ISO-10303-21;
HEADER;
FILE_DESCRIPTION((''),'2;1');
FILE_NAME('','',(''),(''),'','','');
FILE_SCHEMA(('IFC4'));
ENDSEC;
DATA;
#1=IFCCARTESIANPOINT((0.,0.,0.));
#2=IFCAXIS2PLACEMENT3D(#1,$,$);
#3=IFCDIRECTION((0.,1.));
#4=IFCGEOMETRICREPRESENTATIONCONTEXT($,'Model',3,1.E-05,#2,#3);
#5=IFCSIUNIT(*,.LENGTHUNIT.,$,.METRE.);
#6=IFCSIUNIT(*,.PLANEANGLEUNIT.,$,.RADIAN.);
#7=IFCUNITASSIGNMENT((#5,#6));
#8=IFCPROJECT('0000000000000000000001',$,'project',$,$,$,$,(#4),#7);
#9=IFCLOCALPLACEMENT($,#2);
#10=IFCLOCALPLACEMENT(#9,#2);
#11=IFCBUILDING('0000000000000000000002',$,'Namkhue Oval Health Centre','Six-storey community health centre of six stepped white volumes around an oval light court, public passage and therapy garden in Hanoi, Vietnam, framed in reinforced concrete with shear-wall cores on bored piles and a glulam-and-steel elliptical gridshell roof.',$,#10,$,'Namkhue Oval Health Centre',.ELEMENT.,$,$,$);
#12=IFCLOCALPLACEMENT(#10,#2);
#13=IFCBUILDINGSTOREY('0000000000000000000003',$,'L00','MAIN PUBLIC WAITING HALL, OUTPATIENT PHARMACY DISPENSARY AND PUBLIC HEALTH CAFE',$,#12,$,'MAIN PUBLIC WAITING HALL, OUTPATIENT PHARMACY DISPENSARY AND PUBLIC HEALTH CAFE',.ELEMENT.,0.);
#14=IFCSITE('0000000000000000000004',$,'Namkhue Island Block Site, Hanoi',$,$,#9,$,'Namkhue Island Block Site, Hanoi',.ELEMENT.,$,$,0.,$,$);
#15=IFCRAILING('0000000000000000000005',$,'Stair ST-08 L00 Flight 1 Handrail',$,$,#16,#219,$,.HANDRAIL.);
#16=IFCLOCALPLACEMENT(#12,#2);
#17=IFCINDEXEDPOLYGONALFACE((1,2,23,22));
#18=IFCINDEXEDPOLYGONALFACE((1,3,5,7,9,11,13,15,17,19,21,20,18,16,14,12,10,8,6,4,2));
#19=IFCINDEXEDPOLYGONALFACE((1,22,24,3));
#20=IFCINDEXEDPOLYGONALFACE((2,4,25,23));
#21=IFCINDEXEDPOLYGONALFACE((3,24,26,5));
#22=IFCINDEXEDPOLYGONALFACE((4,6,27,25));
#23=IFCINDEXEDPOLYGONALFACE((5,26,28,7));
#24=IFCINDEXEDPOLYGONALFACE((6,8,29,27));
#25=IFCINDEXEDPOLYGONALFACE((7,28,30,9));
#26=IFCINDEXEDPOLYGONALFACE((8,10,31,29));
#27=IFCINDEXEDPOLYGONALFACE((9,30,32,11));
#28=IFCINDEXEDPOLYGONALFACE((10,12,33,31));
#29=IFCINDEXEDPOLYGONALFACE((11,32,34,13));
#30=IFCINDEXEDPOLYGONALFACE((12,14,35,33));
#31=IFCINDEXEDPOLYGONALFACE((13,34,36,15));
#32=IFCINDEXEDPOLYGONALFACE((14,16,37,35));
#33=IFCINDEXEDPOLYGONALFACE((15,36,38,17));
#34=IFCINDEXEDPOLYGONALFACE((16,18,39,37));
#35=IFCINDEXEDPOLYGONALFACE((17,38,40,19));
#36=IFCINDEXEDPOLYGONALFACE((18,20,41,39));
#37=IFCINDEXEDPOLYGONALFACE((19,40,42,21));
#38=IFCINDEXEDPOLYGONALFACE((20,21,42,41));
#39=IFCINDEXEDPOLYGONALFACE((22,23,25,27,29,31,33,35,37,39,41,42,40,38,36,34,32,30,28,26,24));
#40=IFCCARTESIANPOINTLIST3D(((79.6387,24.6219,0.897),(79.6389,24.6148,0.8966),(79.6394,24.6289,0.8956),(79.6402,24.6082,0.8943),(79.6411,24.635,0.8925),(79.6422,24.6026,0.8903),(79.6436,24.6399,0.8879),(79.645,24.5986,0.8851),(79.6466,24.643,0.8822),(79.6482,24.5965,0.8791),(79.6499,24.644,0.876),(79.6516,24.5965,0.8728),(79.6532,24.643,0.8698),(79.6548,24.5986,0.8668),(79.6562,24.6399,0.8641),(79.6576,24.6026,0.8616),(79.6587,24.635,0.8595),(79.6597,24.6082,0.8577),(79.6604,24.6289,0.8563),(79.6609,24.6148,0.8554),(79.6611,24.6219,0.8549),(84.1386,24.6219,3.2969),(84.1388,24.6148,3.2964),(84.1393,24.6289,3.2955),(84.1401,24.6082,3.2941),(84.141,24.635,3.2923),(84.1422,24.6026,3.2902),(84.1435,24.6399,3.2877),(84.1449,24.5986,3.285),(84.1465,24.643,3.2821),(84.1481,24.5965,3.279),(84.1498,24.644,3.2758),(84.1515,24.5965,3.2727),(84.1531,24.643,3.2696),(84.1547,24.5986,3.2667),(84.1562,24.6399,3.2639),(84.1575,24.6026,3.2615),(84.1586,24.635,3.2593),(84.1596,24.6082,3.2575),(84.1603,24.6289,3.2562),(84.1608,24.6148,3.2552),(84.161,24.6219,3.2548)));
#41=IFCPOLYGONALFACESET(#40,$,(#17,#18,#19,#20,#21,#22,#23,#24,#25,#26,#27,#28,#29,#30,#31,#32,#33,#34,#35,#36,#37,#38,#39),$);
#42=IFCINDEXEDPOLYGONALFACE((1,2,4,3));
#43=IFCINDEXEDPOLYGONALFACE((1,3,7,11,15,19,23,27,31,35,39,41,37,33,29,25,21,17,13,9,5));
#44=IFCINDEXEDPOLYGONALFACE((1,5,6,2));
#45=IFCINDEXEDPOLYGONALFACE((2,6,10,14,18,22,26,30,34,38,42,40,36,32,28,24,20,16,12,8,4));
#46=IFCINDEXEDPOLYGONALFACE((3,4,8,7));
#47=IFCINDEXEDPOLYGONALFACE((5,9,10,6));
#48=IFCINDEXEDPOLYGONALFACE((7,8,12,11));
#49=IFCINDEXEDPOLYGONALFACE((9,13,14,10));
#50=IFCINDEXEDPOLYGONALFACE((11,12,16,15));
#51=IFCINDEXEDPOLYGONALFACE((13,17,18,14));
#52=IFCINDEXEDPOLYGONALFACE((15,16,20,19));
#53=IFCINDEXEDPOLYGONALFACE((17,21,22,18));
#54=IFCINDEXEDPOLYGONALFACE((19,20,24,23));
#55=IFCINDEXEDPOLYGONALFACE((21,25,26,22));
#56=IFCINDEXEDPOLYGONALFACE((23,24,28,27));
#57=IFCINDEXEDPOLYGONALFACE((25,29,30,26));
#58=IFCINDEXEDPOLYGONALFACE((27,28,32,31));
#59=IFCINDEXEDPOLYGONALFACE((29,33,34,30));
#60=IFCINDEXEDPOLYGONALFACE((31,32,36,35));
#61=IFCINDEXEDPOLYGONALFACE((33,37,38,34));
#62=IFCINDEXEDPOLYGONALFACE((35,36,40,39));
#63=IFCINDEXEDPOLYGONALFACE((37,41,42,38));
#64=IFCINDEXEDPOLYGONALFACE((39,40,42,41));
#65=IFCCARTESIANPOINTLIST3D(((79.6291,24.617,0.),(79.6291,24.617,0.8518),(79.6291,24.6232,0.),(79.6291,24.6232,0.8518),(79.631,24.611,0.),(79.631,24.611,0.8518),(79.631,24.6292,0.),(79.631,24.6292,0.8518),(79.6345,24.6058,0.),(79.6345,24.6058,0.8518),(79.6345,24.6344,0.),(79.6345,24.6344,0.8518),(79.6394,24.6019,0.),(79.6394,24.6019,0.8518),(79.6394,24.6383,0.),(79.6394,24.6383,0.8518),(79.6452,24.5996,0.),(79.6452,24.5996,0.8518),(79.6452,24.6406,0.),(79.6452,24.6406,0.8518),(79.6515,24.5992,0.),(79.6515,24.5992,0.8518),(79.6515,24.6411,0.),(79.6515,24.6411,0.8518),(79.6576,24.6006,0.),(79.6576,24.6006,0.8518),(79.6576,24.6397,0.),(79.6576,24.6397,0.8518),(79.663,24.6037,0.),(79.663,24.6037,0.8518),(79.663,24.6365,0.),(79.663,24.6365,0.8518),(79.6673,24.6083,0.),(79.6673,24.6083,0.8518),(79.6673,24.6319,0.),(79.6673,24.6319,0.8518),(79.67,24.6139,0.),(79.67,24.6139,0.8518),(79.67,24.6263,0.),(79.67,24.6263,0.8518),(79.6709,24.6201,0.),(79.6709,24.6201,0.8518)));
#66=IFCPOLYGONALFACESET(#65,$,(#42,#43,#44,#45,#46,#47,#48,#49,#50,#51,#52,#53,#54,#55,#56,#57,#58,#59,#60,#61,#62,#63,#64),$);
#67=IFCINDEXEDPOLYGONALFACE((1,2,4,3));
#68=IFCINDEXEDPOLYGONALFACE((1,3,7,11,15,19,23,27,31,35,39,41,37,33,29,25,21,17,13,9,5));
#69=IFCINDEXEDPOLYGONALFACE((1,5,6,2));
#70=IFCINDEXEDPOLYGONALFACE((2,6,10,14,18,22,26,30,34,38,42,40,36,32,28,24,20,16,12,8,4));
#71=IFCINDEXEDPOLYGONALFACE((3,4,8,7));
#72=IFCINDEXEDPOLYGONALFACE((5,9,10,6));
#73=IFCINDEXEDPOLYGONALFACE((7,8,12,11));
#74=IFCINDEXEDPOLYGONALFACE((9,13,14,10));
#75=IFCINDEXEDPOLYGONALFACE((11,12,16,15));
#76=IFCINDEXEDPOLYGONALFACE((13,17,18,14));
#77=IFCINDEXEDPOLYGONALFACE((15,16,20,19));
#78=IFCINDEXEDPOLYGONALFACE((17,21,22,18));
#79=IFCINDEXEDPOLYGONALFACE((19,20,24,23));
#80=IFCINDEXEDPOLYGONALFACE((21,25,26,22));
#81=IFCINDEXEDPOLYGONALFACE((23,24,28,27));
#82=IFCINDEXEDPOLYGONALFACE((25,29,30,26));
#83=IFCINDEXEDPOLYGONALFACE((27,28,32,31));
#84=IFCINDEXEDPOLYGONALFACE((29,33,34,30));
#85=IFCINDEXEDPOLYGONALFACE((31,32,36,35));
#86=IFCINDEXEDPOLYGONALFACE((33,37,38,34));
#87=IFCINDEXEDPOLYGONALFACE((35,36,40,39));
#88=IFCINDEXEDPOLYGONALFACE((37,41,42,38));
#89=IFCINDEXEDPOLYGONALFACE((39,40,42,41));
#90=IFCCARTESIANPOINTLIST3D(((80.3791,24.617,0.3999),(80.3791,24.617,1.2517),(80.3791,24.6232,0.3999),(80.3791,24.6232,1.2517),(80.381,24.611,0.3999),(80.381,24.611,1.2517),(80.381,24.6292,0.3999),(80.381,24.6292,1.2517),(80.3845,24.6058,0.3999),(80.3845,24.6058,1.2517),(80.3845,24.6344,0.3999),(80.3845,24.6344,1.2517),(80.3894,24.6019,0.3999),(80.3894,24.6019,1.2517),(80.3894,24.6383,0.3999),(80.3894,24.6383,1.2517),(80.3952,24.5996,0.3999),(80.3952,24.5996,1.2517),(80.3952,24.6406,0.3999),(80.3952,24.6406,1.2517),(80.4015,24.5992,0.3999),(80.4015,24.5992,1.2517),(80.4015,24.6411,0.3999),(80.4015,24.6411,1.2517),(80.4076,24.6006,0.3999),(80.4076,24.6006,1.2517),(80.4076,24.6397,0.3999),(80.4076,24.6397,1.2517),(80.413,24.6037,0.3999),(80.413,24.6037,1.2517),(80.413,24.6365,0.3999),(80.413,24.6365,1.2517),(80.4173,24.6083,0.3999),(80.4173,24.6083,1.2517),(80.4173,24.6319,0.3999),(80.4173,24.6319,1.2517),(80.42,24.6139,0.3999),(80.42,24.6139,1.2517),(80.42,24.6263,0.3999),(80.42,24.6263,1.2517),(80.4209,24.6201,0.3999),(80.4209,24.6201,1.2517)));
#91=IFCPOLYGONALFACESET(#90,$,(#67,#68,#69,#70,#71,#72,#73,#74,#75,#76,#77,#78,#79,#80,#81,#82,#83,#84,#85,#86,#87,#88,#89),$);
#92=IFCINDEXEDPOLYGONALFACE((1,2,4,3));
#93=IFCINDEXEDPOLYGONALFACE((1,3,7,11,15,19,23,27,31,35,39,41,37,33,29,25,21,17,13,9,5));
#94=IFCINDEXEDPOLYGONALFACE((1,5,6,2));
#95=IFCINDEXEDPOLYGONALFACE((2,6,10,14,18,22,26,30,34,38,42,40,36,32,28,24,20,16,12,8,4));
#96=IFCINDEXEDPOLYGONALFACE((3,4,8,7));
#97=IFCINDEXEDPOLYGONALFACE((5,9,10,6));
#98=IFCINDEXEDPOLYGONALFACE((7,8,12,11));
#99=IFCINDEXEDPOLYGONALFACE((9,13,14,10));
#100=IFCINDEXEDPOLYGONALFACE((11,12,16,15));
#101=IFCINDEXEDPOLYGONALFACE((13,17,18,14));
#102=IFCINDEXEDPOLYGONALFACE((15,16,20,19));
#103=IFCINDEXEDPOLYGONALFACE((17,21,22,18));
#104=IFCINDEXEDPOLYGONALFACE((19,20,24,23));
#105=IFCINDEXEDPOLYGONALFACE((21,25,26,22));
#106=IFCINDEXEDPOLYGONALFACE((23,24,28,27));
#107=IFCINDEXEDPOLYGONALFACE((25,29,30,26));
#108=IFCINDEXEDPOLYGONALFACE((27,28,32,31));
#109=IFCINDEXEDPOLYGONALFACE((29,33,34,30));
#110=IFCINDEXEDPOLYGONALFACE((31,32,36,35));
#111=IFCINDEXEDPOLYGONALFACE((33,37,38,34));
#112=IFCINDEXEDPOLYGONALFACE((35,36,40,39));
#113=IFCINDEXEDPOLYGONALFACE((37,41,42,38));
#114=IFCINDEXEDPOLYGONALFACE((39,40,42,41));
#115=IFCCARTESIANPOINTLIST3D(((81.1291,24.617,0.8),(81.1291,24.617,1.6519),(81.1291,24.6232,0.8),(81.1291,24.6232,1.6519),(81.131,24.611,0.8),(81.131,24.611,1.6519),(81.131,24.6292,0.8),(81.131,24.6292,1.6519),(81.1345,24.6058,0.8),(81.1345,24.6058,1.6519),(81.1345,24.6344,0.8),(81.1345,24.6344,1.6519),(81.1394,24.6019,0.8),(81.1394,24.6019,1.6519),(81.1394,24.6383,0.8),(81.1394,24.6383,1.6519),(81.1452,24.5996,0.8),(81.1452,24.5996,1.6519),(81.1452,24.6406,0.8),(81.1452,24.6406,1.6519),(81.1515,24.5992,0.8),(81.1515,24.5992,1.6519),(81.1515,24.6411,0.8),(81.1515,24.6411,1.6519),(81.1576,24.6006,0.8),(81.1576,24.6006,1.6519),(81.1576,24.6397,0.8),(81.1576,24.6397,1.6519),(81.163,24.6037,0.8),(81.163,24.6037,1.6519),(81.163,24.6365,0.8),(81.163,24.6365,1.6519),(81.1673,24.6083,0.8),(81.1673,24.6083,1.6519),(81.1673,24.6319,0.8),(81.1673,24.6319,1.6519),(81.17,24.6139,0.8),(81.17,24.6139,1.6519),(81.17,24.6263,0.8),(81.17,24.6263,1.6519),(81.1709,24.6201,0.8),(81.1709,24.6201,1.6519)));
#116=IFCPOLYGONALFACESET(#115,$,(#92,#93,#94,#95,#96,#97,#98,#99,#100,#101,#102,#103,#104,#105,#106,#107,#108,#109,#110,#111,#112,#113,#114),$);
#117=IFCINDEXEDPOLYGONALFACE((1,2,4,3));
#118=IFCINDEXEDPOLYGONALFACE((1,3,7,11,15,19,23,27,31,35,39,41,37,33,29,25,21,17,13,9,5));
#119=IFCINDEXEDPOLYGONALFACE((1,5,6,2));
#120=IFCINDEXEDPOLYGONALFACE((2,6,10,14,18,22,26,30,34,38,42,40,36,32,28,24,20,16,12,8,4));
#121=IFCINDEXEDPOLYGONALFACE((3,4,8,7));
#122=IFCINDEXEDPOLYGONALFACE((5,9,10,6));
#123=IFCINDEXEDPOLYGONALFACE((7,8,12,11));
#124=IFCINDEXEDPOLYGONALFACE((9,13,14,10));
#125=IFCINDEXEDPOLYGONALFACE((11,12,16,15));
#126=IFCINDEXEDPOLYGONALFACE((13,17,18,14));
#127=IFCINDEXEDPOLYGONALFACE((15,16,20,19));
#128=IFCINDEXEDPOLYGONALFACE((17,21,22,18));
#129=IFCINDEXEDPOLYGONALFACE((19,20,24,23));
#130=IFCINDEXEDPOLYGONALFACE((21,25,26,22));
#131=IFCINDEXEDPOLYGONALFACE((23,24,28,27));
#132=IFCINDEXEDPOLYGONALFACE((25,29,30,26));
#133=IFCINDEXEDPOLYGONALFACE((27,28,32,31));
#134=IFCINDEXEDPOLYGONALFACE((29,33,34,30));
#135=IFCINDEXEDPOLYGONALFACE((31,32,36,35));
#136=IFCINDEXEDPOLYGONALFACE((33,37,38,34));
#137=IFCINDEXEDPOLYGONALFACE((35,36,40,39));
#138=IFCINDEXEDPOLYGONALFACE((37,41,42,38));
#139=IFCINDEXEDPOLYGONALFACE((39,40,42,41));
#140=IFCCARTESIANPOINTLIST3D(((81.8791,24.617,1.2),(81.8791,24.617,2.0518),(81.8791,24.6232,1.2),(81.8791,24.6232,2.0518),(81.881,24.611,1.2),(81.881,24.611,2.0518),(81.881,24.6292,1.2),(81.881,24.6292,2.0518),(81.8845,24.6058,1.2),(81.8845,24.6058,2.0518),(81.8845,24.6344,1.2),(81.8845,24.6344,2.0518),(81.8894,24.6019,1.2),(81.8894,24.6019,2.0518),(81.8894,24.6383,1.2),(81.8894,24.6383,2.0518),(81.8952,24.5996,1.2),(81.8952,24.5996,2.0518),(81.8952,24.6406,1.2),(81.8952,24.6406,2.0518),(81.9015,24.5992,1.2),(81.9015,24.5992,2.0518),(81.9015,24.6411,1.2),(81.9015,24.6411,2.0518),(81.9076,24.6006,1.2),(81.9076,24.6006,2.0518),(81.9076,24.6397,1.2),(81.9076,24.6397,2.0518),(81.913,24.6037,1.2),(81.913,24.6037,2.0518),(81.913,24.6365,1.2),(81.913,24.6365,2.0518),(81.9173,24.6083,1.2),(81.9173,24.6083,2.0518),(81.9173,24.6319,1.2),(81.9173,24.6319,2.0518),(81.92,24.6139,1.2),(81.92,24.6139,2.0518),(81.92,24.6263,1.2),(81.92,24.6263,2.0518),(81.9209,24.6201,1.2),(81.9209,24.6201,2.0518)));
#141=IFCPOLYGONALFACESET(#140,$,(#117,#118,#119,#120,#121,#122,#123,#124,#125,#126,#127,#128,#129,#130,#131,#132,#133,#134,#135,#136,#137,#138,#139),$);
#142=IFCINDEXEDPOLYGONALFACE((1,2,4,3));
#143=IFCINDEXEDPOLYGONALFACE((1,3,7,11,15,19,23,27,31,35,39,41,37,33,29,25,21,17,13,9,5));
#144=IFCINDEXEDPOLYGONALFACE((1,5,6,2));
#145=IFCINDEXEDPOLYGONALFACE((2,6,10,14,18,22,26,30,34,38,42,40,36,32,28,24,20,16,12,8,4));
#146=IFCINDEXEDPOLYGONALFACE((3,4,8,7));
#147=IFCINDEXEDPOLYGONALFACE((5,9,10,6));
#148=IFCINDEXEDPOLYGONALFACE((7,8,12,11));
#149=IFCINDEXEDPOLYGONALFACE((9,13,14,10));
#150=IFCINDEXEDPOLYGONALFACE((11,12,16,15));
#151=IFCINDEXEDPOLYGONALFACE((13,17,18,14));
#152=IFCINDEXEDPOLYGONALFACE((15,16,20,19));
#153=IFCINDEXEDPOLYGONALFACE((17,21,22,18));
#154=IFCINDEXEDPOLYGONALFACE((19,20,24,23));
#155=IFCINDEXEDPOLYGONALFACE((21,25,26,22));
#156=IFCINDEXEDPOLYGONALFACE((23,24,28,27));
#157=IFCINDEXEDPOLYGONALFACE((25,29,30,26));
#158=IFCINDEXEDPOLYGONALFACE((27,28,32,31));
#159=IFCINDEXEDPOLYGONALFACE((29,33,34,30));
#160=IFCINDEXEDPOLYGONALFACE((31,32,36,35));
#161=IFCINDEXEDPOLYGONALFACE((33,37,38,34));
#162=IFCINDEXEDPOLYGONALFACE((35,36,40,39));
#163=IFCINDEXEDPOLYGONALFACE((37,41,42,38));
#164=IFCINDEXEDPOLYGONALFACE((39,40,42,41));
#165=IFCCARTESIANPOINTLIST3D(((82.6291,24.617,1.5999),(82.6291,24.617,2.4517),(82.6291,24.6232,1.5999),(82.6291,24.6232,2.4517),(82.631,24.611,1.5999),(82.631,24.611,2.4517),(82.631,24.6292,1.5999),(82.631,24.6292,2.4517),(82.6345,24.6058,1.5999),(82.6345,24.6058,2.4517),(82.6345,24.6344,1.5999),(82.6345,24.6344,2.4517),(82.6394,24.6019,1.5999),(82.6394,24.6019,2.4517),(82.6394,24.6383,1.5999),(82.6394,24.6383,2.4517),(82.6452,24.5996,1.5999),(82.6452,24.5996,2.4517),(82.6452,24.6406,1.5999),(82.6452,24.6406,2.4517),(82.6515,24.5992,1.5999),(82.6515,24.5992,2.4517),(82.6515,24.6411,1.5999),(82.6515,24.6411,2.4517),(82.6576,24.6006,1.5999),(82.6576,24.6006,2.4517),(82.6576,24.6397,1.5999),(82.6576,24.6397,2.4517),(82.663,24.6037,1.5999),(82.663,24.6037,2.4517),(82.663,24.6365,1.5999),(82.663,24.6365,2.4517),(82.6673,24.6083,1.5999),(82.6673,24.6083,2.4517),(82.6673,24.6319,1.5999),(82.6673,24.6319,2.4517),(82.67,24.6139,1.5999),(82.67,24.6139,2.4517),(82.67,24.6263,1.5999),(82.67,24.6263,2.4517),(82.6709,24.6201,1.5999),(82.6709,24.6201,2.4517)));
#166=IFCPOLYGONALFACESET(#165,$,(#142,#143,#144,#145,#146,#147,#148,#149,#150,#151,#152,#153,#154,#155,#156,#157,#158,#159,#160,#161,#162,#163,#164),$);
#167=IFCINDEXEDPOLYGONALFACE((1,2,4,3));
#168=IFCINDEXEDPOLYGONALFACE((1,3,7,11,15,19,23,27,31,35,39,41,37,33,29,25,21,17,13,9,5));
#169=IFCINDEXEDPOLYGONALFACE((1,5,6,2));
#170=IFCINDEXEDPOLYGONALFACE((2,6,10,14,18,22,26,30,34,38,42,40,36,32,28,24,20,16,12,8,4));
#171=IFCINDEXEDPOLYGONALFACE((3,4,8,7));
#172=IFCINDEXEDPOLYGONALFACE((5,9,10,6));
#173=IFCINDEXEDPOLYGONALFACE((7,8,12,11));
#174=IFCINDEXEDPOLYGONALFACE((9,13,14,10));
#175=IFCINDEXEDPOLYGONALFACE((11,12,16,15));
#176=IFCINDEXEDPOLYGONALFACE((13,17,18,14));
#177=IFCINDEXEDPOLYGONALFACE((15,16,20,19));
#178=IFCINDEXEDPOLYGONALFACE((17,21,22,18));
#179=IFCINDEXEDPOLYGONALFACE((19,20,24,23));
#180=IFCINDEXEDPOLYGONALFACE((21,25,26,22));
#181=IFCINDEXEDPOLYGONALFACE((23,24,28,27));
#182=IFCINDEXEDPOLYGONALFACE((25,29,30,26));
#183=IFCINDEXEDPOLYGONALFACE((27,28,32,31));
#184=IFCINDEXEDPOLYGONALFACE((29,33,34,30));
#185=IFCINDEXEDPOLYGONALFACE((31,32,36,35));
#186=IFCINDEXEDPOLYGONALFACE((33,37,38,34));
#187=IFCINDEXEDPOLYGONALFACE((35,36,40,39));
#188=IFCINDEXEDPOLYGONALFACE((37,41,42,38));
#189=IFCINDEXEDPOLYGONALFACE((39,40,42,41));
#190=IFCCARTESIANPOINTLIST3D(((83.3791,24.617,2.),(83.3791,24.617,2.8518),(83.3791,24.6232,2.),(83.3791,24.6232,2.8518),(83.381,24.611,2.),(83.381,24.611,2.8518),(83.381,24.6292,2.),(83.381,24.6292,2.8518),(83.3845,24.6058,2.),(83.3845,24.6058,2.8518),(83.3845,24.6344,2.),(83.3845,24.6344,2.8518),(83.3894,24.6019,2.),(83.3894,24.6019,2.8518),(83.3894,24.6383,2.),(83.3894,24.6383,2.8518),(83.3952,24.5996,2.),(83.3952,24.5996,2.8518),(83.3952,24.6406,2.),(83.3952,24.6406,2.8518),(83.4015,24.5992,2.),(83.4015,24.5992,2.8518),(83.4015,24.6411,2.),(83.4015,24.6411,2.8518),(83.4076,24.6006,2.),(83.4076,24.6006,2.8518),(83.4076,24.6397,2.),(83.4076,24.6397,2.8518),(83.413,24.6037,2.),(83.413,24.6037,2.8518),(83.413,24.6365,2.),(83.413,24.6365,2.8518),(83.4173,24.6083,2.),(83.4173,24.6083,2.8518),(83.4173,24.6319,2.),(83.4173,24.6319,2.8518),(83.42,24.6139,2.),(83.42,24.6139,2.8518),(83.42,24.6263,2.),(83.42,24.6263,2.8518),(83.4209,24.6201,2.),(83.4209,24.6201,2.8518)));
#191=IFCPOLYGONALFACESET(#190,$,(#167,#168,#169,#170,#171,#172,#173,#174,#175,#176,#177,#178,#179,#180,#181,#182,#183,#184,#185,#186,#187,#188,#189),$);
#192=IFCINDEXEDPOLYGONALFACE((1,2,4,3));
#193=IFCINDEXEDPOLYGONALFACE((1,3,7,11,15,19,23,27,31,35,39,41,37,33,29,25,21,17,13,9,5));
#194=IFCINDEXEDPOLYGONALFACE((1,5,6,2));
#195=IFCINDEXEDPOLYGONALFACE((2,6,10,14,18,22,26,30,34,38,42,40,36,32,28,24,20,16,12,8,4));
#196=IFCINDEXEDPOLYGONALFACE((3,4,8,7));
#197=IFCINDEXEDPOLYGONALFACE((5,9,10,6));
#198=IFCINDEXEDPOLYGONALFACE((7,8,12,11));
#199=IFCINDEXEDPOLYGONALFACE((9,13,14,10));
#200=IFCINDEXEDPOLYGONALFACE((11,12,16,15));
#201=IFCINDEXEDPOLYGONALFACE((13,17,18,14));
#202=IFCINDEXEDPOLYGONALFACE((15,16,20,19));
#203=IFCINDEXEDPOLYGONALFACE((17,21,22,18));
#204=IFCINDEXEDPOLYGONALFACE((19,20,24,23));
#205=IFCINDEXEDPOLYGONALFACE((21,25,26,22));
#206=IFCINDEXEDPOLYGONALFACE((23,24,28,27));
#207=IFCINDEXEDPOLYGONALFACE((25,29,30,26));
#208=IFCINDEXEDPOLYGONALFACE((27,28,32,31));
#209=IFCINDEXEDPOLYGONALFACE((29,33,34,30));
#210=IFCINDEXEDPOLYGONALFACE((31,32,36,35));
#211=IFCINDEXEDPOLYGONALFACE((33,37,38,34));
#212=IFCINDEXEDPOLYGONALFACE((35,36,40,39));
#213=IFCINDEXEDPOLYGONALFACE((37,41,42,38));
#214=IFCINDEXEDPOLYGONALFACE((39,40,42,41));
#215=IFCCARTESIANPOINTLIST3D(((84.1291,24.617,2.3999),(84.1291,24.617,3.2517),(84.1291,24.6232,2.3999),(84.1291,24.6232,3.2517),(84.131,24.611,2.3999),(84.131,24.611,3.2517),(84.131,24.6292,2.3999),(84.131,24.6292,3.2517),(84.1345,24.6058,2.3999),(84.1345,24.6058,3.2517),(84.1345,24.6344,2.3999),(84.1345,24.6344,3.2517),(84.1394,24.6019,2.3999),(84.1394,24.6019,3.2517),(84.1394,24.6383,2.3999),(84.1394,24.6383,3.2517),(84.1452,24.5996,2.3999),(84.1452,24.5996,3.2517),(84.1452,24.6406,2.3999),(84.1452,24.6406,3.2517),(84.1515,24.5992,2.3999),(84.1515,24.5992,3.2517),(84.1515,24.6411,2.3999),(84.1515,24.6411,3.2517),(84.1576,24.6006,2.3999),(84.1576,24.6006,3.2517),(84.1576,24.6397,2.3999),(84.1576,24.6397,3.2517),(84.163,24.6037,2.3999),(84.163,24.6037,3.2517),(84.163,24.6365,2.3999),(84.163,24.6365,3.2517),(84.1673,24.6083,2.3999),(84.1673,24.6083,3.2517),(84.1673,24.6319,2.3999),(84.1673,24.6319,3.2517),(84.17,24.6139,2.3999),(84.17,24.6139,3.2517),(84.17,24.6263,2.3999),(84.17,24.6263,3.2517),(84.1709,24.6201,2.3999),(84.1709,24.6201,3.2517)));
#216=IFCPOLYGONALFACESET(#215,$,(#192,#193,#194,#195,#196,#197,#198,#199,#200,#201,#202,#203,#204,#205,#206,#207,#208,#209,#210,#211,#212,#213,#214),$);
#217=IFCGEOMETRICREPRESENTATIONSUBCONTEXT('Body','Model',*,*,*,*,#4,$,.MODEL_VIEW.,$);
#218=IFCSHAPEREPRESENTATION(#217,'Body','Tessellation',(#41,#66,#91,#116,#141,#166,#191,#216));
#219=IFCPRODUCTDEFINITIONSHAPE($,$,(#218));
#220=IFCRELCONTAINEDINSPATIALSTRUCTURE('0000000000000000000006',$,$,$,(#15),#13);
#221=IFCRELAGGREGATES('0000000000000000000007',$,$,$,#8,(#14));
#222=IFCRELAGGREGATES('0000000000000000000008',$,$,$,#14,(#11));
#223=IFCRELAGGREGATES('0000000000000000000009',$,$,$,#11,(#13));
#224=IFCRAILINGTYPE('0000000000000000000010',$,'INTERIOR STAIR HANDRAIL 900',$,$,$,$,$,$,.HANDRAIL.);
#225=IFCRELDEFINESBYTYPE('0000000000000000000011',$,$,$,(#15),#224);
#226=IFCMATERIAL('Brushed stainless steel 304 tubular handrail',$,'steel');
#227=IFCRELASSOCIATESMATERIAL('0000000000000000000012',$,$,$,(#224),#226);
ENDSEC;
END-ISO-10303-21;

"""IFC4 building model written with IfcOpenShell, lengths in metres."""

from ifc_helpers import new_model, si_unit, direction, frame, origin, origin_2d, place, context, subcontext, project, spatial, circle, extrude, material, type_object, element, save


model = new_model("IFC4")

# Units and contexts
model_context = context("Model", 3, precision=1e-05, world=origin(), true_north=direction((0.0, 1.0)))
body_context = subcontext(model_context, "Body", "Model", "MODEL_VIEW")
ifc_project = project(units=[si_unit("LENGTHUNIT", "METRE"), si_unit("PLANEANGLEUNIT", "RADIAN")], contexts=[model_context])

# Site, building, storey
site_placement = place(None, origin())
site = spatial("IfcSite", under=ifc_project, at=site_placement, Name="Namkhue Island Block Site, Hanoi", LongName="Namkhue Island Block Site, Hanoi", CompositionType="ELEMENT", RefElevation=0.0)
building_placement = place(site_placement, origin())
building = spatial("IfcBuilding", under=site, at=building_placement, Name="Namkhue Oval Health Centre", Description="Six-storey community health centre of six stepped white volumes around an oval light court, public passage and therapy garden in Hanoi, Vietnam, framed in reinforced concrete with shear-wall cores on bored piles and a glulam-and-steel elliptical gridshell roof.", LongName="Namkhue Oval Health Centre", CompositionType="ELEMENT")
storey_placement = place(building_placement, origin())
storey = spatial("IfcBuildingStorey", under=building, at=storey_placement, Name="L00", Description="MAIN PUBLIC WAITING HALL, OUTPATIENT PHARMACY DISPENSARY AND PUBLIC HEALTH CAFE", LongName="MAIN PUBLIC WAITING HALL, OUTPATIENT PHARMACY DISPENSARY AND PUBLIC HEALTH CAFE", CompositionType="ELEMENT", Elevation=0.0)

# Railing
ifc_material_1 = material(Name="Brushed stainless steel 304 tubular handrail", Category="steel")
railing_type_1 = type_object("IfcRailingType", Name="INTERIOR STAIR HANDRAIL 900", PredefinedType="HANDRAIL", material=ifc_material_1)
railing_1_placement = place(storey_placement, frame((79.6499, 24.6201, 0.0)))
element("IfcRailing", 1, at=railing_1_placement, inside=storey, type_object=railing_type_1, Name="Stair ST-08 L00 Flight 1 Handrail", PredefinedType="HANDRAIL", context=body_context, shape_type="SweptSolid", body=[
    extrude(circle(Radius=0.0239, at=origin_2d()), frame((0.0, 0.0, 0.876), z_axis=(0.882361, 0.0, 0.470573), x_axis=(0.0, 1.0, 0.0)), (0.0, 0.0, 1.0), 5.0999),
    extrude(circle(Radius=0.021, at=origin_2d()), origin(), (0.0, 0.0, 1.0), 0.8518),
    extrude(circle(Radius=0.021, at=origin_2d()), frame((0.75, 0.0, 0.3999)), (0.0, 0.0, 1.0), 0.8518),
    extrude(circle(Radius=0.021, at=origin_2d()), frame((1.5, 0.0, 0.8)), (0.0, 0.0, 1.0), 0.8518),
    extrude(circle(Radius=0.021, at=origin_2d()), frame((2.25, 0.0, 1.2)), (0.0, 0.0, 1.0), 0.8518),
    extrude(circle(Radius=0.021, at=origin_2d()), frame((3.0, 0.0, 1.5999)), (0.0, 0.0, 1.0), 0.8518),
    extrude(circle(Radius=0.021, at=origin_2d()), frame((3.75, 0.0, 2.0)), (0.0, 0.0, 1.0), 0.8518),
    extrude(circle(Radius=0.021, at=origin_2d()), frame((4.5, 0.0, 2.3999)), (0.0, 0.0, 1.0), 0.8518),
])

save(model, "model.ifc")
